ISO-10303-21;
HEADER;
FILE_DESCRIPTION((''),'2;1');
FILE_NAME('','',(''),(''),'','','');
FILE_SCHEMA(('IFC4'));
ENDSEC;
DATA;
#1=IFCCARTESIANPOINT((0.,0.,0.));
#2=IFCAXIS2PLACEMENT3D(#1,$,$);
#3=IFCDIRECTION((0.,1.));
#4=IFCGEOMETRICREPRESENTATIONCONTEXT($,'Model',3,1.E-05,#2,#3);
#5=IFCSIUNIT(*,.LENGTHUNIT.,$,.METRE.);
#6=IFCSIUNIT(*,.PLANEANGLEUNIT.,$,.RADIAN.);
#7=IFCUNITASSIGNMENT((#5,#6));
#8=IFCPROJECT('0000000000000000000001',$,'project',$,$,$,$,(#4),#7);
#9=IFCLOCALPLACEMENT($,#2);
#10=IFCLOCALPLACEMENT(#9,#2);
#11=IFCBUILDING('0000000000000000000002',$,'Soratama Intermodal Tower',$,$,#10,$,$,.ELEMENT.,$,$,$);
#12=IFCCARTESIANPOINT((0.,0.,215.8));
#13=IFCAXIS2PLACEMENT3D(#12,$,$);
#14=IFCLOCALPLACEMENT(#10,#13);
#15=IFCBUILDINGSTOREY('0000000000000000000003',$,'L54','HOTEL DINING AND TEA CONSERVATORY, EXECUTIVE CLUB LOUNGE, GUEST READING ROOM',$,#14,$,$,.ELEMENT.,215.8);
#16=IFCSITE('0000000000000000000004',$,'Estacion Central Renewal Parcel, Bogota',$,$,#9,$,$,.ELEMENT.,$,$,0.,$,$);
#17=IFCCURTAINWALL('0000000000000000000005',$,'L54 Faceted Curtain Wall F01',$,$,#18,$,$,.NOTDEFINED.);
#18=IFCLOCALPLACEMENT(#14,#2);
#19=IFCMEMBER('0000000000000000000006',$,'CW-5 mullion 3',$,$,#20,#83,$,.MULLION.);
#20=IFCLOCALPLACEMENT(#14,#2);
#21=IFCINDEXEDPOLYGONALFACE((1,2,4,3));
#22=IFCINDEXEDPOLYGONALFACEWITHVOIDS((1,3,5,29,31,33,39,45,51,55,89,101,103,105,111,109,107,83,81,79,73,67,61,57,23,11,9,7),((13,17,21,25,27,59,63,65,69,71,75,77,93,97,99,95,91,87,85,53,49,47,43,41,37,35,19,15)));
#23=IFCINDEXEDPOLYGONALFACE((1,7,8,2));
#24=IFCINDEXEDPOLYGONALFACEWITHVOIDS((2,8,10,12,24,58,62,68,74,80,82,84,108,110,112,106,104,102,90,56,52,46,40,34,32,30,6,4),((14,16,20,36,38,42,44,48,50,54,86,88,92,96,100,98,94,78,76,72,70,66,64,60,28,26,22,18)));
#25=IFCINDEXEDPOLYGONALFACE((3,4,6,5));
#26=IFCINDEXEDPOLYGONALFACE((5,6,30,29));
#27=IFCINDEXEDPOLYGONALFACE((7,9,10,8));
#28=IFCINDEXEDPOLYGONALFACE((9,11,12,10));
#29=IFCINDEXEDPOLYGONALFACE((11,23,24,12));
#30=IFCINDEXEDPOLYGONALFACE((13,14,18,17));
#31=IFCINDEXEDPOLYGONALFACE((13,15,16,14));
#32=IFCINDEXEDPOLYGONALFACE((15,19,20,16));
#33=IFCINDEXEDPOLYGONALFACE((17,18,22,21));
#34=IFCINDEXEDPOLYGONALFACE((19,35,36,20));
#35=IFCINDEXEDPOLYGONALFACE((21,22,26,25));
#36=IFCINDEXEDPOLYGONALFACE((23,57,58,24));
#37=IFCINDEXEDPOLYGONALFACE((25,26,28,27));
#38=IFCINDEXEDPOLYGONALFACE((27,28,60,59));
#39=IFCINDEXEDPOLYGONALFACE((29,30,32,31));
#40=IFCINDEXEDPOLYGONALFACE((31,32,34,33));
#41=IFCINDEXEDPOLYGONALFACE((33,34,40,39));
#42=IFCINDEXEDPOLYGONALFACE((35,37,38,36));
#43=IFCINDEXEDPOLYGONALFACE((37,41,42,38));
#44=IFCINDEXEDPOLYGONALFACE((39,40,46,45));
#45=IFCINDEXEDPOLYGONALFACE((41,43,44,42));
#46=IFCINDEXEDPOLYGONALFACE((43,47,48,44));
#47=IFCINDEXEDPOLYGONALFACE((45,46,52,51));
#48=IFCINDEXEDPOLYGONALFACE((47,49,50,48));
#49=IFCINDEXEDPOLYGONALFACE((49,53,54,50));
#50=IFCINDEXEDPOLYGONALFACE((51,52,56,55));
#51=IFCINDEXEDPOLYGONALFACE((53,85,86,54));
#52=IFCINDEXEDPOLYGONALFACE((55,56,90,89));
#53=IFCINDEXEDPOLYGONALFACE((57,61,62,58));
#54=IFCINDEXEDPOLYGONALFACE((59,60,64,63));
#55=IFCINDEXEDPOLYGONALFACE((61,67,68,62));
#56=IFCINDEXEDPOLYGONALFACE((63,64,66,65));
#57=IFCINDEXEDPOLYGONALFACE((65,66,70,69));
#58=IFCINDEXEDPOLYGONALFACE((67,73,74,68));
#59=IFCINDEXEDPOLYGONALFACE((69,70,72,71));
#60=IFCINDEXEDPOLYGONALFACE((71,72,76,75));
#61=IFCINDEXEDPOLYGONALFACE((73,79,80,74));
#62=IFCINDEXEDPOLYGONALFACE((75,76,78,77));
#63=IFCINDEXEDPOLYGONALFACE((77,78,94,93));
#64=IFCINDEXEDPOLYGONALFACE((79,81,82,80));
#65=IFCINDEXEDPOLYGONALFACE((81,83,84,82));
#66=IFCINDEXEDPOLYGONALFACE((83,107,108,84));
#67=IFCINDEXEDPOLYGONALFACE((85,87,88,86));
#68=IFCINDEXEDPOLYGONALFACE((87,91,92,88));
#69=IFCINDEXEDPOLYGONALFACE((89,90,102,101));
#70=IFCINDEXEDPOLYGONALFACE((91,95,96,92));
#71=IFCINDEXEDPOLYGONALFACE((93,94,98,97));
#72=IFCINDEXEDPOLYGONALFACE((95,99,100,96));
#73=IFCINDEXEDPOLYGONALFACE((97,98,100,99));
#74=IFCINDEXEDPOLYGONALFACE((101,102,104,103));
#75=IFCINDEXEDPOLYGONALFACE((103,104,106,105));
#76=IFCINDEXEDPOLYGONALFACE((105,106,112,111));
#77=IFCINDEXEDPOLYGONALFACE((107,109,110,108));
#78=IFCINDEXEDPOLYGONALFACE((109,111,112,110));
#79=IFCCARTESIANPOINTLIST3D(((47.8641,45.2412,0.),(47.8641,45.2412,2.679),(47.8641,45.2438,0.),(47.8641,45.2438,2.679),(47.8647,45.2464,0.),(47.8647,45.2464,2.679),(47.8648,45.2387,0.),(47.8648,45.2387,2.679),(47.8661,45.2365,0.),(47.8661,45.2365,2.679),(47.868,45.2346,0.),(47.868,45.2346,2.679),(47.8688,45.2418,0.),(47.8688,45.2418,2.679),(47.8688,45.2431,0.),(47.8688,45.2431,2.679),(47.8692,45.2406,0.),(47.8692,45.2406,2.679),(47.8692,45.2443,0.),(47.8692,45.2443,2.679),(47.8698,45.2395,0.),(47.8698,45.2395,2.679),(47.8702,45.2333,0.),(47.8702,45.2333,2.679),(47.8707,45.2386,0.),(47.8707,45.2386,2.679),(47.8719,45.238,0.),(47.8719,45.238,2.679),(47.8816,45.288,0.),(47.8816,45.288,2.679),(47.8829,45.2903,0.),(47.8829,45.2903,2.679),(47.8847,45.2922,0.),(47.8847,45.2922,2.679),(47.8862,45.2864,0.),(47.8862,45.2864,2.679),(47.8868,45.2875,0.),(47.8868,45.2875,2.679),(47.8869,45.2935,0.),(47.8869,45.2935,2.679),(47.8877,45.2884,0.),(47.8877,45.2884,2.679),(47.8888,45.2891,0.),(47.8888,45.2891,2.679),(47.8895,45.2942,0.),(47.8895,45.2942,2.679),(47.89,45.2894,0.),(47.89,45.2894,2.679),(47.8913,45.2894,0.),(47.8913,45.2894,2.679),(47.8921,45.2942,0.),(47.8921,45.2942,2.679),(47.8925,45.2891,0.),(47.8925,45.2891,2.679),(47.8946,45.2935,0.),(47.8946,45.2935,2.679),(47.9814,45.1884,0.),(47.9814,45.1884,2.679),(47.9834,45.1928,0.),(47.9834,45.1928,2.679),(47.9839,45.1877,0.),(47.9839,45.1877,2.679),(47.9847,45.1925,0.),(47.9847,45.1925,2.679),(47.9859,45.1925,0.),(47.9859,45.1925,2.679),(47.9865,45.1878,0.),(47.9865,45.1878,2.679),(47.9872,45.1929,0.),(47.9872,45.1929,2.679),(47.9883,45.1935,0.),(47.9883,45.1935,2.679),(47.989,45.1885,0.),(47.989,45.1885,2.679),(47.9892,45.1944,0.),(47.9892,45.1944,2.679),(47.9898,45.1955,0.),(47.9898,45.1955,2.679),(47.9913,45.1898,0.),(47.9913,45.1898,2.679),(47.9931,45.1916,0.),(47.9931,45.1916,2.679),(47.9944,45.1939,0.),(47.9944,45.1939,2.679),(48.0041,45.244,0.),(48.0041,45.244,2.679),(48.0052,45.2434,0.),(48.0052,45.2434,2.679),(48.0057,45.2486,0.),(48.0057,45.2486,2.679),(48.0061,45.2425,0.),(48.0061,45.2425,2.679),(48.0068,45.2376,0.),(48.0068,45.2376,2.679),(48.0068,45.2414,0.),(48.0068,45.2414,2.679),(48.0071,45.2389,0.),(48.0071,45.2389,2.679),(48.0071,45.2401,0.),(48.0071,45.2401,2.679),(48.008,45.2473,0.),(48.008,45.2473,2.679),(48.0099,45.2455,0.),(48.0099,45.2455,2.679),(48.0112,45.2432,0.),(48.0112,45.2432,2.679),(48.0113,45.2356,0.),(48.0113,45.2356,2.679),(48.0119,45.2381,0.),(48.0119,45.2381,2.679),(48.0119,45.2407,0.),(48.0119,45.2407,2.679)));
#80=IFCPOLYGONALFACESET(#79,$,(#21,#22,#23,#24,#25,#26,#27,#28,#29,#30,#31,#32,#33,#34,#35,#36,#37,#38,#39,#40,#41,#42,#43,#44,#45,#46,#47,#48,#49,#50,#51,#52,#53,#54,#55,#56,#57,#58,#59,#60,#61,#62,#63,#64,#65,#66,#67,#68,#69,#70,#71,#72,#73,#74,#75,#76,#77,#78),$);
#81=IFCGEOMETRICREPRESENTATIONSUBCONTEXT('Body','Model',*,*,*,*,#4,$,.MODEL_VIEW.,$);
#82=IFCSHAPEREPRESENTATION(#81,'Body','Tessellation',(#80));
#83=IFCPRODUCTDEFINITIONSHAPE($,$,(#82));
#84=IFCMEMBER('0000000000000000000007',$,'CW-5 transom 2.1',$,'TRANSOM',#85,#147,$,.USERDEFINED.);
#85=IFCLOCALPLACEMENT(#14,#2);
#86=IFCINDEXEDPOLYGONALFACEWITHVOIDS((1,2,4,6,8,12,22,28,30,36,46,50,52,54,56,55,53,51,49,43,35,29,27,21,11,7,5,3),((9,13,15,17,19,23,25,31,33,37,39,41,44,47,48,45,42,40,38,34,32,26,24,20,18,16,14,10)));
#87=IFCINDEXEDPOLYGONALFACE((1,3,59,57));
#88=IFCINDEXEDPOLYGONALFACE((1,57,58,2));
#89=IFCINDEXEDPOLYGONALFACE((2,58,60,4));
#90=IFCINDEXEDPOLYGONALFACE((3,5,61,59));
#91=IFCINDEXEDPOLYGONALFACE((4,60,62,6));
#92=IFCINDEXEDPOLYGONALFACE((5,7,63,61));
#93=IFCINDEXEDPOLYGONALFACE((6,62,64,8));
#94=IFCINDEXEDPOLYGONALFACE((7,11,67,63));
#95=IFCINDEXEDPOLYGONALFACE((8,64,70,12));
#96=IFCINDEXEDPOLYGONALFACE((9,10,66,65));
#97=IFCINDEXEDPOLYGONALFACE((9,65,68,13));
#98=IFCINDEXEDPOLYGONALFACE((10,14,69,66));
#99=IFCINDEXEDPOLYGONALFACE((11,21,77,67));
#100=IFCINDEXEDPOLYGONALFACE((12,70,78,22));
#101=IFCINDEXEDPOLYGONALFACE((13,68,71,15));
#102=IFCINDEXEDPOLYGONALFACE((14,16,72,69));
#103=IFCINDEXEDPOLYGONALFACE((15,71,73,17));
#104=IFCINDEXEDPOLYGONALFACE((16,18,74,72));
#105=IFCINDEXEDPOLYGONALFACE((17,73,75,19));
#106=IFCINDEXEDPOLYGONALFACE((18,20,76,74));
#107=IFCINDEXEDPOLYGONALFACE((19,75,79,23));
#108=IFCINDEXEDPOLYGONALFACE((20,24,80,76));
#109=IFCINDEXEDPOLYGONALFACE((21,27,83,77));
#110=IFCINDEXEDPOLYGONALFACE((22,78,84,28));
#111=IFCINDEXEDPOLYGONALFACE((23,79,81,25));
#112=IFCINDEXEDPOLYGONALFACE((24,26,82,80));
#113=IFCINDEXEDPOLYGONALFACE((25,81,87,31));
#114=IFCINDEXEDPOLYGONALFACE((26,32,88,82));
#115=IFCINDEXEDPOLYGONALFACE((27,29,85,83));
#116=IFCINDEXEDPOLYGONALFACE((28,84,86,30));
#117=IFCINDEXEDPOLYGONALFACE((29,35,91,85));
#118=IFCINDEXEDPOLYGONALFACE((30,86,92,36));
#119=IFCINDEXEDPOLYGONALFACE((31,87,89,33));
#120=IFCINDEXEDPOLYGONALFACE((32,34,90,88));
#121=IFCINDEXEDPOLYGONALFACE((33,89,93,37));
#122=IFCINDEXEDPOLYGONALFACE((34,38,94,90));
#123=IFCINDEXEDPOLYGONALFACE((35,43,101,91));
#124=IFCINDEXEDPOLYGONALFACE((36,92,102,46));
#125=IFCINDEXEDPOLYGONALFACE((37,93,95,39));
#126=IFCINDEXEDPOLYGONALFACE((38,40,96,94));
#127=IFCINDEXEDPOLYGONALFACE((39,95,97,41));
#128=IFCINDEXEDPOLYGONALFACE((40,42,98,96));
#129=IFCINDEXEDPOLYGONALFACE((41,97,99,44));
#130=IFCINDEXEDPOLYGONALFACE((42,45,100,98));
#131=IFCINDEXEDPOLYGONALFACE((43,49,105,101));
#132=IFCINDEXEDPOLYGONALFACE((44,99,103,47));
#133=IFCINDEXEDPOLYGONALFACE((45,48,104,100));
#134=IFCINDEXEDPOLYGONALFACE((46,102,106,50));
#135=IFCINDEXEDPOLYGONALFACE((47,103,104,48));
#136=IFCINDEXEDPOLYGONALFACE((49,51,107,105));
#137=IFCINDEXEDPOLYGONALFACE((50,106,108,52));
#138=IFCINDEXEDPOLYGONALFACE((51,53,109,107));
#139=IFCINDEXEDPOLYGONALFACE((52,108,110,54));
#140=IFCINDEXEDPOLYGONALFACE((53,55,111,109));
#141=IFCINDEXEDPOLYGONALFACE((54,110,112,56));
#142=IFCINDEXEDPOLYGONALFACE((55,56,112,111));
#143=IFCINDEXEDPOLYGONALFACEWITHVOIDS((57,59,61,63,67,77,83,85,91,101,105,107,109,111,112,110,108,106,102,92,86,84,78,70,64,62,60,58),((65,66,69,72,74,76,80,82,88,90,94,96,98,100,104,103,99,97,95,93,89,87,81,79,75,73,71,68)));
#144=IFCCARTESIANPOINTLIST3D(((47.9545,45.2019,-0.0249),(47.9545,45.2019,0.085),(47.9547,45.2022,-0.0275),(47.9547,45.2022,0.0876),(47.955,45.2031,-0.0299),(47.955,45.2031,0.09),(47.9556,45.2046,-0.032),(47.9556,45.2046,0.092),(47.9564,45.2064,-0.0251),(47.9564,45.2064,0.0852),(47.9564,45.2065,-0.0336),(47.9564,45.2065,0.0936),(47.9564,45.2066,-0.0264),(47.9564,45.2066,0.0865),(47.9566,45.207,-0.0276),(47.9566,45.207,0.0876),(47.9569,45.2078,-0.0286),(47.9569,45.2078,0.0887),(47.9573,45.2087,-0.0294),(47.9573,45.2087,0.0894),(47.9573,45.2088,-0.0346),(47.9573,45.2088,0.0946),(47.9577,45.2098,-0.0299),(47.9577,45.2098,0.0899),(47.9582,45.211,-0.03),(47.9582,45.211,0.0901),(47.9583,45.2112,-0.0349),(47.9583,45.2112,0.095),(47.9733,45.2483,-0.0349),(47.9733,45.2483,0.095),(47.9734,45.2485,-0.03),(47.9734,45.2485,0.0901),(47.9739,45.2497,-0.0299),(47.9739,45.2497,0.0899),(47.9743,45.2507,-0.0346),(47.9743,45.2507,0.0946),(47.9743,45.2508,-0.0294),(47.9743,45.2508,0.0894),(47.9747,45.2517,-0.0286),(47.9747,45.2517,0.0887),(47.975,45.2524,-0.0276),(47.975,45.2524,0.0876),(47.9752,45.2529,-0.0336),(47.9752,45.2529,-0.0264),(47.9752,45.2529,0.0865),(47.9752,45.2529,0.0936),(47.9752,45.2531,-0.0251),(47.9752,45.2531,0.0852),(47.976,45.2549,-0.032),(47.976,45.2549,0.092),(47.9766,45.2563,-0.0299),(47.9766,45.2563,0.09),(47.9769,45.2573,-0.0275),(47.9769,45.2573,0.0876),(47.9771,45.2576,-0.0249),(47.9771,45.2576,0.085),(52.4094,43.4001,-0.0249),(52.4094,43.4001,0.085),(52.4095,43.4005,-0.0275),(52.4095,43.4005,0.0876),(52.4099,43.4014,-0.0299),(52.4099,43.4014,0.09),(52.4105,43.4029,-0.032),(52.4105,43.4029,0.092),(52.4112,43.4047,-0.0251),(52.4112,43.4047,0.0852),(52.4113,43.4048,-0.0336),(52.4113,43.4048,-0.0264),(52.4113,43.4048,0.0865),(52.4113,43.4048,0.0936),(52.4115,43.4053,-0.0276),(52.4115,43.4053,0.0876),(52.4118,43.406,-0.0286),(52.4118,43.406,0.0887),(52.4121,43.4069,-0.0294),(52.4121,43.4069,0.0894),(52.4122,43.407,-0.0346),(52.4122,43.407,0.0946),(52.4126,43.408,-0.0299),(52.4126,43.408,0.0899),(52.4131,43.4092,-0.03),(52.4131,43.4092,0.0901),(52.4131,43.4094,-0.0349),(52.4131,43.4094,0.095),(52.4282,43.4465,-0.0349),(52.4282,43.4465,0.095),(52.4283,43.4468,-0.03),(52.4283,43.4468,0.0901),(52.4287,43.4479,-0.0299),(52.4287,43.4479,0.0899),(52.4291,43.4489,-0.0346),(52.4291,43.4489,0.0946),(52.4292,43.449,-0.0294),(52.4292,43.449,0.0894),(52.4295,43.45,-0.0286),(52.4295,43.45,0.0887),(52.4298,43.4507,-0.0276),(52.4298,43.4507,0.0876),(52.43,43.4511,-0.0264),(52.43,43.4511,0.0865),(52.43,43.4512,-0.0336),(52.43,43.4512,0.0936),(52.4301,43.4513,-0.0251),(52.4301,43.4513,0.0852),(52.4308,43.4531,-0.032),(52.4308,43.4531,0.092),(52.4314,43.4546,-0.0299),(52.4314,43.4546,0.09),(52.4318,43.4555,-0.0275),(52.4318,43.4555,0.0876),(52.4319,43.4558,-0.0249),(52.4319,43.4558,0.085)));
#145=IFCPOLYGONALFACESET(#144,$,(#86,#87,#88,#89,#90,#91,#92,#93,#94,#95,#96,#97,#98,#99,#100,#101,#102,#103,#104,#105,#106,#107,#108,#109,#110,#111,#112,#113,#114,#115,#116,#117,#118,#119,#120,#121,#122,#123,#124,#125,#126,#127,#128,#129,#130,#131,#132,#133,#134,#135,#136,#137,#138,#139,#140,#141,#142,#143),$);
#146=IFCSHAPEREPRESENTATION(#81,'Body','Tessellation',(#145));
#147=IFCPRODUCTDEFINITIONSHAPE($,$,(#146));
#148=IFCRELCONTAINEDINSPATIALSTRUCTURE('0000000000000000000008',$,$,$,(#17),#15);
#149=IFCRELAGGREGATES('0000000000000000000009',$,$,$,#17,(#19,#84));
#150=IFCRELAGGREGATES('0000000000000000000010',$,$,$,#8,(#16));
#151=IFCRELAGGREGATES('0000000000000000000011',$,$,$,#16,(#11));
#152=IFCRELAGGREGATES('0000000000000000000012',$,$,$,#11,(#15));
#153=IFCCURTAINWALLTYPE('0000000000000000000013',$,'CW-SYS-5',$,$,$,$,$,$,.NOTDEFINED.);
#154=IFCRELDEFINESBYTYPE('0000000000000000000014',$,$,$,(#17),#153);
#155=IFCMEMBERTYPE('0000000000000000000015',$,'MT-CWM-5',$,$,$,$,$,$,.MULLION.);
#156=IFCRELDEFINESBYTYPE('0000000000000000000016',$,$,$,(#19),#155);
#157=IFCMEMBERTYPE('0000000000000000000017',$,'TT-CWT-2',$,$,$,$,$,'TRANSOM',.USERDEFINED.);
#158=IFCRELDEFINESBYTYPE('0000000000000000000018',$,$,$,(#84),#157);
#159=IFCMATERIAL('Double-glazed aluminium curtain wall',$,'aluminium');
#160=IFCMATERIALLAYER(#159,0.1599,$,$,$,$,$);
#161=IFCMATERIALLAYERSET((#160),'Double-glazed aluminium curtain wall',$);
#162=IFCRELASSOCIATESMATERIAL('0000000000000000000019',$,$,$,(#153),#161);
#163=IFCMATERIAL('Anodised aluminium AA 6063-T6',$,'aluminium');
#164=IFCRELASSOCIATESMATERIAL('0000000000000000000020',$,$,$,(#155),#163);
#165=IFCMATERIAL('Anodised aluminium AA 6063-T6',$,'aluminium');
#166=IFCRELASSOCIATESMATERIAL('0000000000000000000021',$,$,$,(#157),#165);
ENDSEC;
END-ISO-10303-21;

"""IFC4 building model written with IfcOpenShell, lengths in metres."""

from ifc_helpers import new_model, si_unit, direction, frame, origin, origin_2d, place, context, subcontext, project, spatial, hollow_rectangle, extrude, material, layer, layer_set, material_profile, profile_set, type_object, element, aggregate, save


model = new_model("IFC4")

# Units and contexts
model_context = context("Model", 3, precision=1e-05, world=origin(), true_north=direction((0.0, 1.0)))
body_context = subcontext(model_context, "Body", "Model", "MODEL_VIEW")
ifc_project = project(units=[si_unit("LENGTHUNIT", "METRE"), si_unit("PLANEANGLEUNIT", "RADIAN")], contexts=[model_context])

# Site, building, storey
site_placement = place(None, origin())
site = spatial("IfcSite", under=ifc_project, at=site_placement, Name="Estacion Central Renewal Parcel, Bogota", CompositionType="ELEMENT", RefElevation=0.0)
building_placement = place(site_placement, origin())
building = spatial("IfcBuilding", under=site, at=building_placement, Name="Soratama Intermodal Tower", CompositionType="ELEMENT")
storey_placement = place(building_placement, frame((0.0, 0.0, 215.8)))
storey = spatial("IfcBuildingStorey", under=building, at=storey_placement, Name="L54", Description="HOTEL DINING AND TEA CONSERVATORY, EXECUTIVE CLUB LOUNGE, GUEST READING ROOM", CompositionType="ELEMENT", Elevation=215.8)

# Curtain wall, members
ifc_material_1 = material(Name="Double-glazed aluminium curtain wall", Category="aluminium")
ifc_layer_1 = layer(ifc_material_1, 0.1599)
ifc_layer_set_1 = layer_set([ifc_layer_1], Name="Double-glazed aluminium curtain wall")
curtain_wall_type = type_object("IfcCurtainWallType", Name="CW-SYS-5", PredefinedType="NOTDEFINED", material=ifc_layer_set_1)
curtain_wall_placement = place(storey_placement, origin())
curtain_wall = element("IfcCurtainWall", 1, at=curtain_wall_placement, inside=storey, type_object=curtain_wall_type, Name="L54 Faceted Curtain Wall F01", PredefinedType="NOTDEFINED")
ifc_material_2 = material(Name="Anodised aluminium AA 6063-T6", Category="aluminium")
ifc_material_profile_1 = material_profile(ifc_material_2, hollow_rectangle(XDim=0.0649, YDim=0.1399, WallThickness=0.0049, InnerFilletRadius=0.0049, OuterFilletRadius=0.01, at=origin_2d()), Name="CWM140X65X5")
ifc_profile_set_1 = profile_set([ifc_material_profile_1], Name="Anodised aluminium AA 6063-T6")
member_type_1 = type_object("IfcMemberType", Name="MT-CWM-5", PredefinedType="MULLION", material=ifc_profile_set_1)
member_1_placement = place(storey_placement, frame((47.938, 45.241, 0.0), z_axis=(0.0, 0.0, 1.0), x_axis=(-0.374935, -0.927051, 0.0)))
member_1 = element("IfcMember", 2, at=member_1_placement, type_object=member_type_1, Name="CW-5 mullion 3", PredefinedType="MULLION", context=body_context, shape_type="SweptSolid", body=[
    extrude(hollow_rectangle(XDim=0.0649, YDim=0.1399, WallThickness=0.0049, InnerFilletRadius=0.0049, OuterFilletRadius=0.01, at=origin_2d()), origin(), (0.0, 0.0, 1.0), 2.679),
])
ifc_material_3 = material(Name="Anodised aluminium AA 6063-T6", Category="aluminium")
ifc_material_profile_2 = material_profile(ifc_material_3, hollow_rectangle(XDim=0.0601, YDim=0.1299, WallThickness=0.0049, InnerFilletRadius=0.0049, OuterFilletRadius=0.01, at=origin_2d()), Name="CWT130X60X5")
ifc_profile_set_2 = profile_set([ifc_material_profile_2], Name="Anodised aluminium AA 6063-T6")
member_type_2 = type_object("IfcMemberType", Name="TT-CWT-2", ElementType="TRANSOM", PredefinedType="USERDEFINED", material=ifc_profile_set_2)
member_2_placement = place(storey_placement, frame((52.4207, 43.428, 0.03), z_axis=(-0.927047, 0.374944, 0.0), x_axis=(-0.374944, -0.927047, 0.0)))
member_2 = element("IfcMember", 3, at=member_2_placement, type_object=member_type_2, Name="CW-5 transom 2.1", ObjectType="TRANSOM", PredefinedType="USERDEFINED", context=body_context, shape_type="SweptSolid", body=[
    extrude(hollow_rectangle(XDim=0.0601, YDim=0.1299, WallThickness=0.0049, InnerFilletRadius=0.0049, OuterFilletRadius=0.01, at=origin_2d()), origin(), (0.0, 0.0, 1.0), 4.8054),
])
aggregate(curtain_wall, [member_1, member_2])

save(model, "model.ifc")
